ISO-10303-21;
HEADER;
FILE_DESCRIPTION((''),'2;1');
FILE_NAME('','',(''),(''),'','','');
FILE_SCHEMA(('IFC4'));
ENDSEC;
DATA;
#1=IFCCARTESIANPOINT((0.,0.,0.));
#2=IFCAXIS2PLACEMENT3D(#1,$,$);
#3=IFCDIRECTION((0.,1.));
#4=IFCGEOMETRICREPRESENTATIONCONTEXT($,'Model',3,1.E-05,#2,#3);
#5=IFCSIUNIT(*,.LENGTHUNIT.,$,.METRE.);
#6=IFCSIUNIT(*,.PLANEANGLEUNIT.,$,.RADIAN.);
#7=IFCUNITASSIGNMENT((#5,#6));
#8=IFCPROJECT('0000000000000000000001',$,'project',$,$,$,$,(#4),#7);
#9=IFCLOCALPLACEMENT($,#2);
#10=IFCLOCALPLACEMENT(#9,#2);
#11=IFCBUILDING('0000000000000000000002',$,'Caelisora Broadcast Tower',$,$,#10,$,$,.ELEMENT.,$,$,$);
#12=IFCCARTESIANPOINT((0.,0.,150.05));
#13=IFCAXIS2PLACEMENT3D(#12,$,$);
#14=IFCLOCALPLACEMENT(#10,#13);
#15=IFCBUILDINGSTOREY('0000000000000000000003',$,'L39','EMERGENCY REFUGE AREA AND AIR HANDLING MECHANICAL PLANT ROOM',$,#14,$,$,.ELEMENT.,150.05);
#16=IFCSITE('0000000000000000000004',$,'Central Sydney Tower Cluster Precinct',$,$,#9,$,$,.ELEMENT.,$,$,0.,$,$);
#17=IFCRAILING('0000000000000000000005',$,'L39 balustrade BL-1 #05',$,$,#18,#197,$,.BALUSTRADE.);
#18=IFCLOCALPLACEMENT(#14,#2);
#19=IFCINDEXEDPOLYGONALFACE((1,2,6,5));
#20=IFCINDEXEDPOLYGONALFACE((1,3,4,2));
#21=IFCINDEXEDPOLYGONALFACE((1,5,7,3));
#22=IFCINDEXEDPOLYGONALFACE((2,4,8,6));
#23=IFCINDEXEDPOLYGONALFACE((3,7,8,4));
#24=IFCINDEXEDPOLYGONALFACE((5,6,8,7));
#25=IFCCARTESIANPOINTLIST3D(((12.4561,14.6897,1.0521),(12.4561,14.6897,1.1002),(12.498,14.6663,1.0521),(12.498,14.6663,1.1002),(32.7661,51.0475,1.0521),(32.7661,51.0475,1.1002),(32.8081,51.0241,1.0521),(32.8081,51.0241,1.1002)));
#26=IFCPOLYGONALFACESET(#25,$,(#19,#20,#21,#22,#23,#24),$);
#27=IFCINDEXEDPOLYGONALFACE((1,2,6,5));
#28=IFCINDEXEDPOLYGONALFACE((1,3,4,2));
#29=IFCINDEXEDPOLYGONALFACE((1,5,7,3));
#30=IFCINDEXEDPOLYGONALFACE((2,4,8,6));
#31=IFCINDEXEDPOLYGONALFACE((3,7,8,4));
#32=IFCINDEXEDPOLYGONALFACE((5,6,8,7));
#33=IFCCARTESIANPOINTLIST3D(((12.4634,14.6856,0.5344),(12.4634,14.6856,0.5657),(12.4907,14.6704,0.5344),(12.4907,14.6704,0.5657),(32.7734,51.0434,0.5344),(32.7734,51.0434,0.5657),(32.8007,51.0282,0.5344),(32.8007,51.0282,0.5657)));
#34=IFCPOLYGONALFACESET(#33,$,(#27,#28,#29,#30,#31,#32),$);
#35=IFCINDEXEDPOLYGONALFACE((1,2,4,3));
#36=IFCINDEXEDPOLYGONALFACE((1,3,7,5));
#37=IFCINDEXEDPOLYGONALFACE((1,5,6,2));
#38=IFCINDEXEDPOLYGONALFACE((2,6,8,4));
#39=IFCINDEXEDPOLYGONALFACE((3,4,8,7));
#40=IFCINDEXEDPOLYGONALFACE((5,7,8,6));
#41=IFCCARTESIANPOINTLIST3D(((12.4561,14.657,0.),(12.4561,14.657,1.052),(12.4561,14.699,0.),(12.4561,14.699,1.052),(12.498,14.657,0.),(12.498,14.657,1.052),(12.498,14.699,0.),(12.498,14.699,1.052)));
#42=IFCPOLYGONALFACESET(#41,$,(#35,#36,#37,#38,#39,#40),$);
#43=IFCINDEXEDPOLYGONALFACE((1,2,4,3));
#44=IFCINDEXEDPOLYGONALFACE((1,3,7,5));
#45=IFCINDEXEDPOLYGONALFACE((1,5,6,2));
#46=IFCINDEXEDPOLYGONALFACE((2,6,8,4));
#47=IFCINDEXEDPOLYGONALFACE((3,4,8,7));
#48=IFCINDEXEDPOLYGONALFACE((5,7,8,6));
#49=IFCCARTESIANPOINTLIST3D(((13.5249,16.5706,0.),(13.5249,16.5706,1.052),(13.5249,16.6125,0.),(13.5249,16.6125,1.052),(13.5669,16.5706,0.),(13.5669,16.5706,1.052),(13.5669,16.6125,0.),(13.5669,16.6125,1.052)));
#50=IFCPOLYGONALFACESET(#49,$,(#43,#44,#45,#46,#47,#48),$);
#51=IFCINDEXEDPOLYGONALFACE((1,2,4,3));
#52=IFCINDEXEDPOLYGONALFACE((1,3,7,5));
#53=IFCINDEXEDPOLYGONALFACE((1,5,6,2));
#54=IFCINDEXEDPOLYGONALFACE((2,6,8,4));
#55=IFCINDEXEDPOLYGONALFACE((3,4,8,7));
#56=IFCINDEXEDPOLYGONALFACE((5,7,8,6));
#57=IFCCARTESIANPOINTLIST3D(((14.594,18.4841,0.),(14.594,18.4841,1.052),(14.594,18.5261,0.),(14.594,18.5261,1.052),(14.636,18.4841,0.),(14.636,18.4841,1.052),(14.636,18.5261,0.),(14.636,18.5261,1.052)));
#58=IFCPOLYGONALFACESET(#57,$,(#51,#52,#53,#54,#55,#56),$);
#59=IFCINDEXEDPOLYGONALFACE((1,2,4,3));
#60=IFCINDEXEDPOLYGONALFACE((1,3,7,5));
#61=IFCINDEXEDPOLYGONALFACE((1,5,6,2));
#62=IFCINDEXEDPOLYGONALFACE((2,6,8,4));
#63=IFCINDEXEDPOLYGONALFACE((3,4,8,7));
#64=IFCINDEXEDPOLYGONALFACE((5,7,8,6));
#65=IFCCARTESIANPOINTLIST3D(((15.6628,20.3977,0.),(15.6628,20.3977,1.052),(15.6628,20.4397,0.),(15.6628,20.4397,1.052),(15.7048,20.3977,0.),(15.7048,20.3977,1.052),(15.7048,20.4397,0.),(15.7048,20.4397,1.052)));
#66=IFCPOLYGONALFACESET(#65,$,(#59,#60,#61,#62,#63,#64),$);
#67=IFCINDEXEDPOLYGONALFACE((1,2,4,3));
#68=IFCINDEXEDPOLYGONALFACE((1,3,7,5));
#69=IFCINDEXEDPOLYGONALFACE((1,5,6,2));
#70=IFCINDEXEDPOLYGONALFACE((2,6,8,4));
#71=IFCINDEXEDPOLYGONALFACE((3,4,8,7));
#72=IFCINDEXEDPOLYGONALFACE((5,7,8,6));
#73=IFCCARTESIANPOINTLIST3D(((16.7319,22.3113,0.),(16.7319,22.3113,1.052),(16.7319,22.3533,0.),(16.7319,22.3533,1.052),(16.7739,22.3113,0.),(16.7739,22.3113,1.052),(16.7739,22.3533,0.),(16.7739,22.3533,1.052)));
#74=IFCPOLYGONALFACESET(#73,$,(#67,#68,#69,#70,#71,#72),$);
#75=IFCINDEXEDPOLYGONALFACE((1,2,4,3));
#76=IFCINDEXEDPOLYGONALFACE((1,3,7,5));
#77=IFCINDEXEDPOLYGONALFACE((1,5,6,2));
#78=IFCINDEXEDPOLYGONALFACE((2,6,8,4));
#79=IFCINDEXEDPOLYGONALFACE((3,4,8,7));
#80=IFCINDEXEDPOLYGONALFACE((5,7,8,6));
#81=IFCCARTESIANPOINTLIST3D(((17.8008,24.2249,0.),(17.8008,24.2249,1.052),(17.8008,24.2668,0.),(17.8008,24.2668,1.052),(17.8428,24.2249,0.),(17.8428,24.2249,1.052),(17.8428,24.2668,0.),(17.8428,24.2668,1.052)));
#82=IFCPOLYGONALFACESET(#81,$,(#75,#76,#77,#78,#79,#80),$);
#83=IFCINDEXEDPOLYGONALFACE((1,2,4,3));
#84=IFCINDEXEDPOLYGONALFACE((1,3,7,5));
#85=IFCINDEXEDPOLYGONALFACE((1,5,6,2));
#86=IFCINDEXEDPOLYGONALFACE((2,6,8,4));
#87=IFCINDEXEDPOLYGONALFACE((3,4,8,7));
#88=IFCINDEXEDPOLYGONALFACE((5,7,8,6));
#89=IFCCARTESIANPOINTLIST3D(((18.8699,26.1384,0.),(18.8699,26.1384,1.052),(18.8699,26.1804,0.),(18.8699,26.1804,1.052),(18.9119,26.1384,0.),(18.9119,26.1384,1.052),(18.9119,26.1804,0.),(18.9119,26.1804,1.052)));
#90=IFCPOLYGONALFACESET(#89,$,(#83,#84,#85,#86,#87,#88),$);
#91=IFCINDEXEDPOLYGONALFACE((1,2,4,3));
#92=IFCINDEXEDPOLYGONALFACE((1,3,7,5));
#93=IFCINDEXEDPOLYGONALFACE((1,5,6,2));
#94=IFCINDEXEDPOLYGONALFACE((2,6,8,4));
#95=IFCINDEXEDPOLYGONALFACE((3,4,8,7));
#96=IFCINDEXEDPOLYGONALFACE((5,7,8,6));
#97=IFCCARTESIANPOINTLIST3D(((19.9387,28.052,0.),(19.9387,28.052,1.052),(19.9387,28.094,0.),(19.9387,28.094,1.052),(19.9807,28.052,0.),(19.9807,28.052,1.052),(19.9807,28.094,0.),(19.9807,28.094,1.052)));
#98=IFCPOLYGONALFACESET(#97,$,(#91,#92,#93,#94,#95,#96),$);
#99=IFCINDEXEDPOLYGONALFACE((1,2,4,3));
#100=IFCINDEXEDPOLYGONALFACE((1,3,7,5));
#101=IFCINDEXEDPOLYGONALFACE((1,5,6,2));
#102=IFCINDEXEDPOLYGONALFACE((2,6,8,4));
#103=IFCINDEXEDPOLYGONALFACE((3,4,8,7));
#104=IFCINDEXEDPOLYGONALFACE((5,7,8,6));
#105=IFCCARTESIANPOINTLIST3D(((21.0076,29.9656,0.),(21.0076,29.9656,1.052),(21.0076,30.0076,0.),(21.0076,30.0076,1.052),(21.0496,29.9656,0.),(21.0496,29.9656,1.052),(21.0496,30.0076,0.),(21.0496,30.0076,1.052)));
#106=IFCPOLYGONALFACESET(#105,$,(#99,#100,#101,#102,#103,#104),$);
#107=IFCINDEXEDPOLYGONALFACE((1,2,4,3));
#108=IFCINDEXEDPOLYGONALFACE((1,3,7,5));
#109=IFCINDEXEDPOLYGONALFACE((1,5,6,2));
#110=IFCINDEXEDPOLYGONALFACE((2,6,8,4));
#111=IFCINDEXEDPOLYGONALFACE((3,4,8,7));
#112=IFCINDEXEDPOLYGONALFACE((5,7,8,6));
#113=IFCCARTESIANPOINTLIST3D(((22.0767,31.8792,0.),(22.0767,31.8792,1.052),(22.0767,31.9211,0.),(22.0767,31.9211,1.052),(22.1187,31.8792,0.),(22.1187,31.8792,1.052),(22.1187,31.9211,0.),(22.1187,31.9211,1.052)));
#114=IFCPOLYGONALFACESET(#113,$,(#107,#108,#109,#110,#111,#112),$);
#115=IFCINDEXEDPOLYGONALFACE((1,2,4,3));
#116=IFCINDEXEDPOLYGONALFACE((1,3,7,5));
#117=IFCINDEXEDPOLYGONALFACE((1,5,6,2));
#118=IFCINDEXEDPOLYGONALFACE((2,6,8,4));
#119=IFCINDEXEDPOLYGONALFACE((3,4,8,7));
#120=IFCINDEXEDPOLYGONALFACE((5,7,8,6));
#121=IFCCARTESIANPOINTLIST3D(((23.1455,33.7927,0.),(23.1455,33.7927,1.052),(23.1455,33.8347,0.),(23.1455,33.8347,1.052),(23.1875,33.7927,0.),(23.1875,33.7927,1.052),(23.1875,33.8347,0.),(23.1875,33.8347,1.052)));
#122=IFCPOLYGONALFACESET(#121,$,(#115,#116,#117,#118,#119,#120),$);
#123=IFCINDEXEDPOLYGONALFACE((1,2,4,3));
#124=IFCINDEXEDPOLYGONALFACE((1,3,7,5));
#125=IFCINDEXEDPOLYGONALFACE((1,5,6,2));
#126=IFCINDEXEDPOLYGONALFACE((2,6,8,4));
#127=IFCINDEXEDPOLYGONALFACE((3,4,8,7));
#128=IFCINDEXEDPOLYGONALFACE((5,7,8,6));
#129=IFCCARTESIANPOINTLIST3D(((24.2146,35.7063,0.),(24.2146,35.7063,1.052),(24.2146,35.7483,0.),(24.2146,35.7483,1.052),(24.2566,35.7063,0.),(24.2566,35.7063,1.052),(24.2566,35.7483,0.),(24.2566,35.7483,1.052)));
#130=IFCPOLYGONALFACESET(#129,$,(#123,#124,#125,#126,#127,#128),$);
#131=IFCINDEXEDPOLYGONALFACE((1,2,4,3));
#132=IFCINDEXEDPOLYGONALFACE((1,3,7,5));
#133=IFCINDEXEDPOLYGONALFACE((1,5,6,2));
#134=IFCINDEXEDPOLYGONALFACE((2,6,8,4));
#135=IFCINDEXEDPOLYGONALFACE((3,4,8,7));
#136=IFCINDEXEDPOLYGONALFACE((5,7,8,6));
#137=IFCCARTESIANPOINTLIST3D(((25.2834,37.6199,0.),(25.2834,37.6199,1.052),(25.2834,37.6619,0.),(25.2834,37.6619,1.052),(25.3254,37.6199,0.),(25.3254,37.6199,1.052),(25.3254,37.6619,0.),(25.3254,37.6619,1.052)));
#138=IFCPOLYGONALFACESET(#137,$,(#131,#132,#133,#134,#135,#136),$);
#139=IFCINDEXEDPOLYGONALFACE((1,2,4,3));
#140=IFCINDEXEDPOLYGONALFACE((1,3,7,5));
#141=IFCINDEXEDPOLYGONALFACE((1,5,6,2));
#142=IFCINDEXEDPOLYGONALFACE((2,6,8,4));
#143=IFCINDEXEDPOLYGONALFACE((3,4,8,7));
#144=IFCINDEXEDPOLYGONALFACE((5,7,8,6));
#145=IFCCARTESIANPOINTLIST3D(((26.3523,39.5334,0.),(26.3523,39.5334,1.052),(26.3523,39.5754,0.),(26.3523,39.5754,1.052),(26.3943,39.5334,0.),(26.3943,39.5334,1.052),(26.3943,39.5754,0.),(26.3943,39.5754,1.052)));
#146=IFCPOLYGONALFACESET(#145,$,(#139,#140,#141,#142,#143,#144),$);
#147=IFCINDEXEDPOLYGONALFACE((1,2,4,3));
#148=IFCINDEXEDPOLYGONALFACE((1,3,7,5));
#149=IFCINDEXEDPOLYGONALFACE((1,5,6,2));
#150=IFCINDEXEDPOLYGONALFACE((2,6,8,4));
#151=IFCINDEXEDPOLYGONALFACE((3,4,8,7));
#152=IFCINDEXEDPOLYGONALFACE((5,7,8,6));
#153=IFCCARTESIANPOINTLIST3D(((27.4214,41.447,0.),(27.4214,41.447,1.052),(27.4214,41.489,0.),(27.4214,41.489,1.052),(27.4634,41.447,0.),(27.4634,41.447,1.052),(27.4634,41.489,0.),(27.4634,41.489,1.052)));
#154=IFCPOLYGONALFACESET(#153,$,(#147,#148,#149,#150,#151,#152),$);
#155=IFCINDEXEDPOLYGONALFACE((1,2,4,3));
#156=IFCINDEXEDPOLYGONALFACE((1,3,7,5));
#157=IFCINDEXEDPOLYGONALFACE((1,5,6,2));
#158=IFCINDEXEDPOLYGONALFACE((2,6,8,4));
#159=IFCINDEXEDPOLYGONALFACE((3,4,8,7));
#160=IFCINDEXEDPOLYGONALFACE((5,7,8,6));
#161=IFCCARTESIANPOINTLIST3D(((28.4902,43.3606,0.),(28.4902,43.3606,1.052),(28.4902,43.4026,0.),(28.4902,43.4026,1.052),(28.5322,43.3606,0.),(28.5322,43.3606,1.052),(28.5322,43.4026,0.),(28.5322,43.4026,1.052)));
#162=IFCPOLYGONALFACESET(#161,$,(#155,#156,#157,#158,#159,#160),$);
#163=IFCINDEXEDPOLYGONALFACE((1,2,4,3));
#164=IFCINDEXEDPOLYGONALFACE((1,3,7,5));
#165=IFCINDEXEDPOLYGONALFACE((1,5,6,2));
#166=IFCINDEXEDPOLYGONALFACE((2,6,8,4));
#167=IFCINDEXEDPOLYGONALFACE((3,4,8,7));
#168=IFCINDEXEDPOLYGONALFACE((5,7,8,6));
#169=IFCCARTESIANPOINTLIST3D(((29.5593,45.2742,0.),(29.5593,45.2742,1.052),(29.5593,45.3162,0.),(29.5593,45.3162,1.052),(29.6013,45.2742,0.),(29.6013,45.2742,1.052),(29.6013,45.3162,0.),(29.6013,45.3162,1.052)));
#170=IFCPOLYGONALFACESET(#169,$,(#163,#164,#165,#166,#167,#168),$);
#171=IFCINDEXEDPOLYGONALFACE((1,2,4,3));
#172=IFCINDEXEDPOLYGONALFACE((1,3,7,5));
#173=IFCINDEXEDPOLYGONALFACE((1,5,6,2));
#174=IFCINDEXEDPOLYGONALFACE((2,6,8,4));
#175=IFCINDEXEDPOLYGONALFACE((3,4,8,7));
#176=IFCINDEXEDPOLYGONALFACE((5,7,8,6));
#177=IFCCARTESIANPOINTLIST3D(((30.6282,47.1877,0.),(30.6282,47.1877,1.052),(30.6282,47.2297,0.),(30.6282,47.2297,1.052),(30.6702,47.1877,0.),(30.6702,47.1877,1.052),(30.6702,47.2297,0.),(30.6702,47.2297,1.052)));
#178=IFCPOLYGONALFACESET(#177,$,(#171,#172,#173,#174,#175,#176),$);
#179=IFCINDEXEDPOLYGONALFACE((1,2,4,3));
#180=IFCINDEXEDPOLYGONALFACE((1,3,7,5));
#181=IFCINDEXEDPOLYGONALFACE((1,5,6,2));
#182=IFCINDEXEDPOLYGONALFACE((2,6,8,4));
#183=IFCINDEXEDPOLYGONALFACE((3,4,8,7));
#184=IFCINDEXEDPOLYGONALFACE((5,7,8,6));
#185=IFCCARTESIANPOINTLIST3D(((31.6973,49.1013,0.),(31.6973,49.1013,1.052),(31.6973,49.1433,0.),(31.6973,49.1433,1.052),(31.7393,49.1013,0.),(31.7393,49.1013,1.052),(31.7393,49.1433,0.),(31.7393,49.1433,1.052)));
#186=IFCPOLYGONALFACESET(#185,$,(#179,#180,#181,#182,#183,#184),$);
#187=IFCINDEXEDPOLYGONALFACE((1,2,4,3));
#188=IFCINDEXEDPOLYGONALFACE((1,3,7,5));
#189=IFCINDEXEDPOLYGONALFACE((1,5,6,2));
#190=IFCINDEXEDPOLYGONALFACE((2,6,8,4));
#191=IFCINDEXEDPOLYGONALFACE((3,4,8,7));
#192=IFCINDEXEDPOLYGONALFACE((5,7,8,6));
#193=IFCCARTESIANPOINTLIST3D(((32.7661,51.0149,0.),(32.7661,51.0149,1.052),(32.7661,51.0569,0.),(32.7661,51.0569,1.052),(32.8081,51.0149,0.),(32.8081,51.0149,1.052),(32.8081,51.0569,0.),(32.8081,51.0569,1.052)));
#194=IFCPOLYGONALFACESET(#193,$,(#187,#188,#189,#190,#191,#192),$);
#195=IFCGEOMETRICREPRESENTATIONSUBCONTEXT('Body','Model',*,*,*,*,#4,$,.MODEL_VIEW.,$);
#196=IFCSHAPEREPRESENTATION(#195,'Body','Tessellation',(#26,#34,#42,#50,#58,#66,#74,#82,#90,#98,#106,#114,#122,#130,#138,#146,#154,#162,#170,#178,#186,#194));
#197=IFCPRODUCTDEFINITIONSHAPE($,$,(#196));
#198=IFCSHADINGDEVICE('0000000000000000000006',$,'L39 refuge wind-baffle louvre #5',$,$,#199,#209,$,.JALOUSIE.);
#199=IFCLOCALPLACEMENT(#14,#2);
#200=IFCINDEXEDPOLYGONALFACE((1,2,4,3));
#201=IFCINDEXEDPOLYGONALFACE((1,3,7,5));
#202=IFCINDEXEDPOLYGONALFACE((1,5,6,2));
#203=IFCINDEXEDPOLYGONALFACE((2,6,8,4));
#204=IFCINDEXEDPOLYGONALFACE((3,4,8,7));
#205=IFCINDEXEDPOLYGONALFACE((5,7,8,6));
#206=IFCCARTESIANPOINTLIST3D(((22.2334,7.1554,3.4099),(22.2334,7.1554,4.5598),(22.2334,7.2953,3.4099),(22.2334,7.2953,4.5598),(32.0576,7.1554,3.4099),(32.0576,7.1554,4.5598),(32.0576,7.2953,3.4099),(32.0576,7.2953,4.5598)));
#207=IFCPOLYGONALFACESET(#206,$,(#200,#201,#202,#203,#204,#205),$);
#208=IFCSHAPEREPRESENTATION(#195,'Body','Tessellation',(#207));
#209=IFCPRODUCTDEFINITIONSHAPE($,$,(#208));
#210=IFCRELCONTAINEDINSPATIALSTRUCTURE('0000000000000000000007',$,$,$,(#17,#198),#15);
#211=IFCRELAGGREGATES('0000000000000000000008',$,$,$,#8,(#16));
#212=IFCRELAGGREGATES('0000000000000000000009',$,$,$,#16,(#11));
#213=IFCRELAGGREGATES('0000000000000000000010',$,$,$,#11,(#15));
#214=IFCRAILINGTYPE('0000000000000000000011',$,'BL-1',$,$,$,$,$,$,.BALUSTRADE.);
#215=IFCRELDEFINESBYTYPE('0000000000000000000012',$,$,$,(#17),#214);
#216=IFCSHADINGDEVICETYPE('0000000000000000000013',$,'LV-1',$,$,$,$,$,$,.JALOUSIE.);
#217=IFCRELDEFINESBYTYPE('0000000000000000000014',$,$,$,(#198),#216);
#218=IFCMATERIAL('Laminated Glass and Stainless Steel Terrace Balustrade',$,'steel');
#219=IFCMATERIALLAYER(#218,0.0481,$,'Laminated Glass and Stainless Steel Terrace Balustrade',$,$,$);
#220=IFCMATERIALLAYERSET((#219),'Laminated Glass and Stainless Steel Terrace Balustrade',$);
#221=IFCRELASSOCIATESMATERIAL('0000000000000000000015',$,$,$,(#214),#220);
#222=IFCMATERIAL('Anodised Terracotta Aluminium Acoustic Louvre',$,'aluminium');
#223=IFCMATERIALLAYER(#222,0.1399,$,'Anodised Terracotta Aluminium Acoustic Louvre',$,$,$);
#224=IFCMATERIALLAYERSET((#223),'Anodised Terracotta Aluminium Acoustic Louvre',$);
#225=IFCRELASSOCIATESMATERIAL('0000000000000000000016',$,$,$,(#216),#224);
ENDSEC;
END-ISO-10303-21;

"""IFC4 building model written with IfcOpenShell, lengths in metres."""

from ifc_helpers import new_model, si_unit, direction, frame, origin, origin_2d, place, context, subcontext, project, spatial, rectangle, extrude, source, transform, mapped, material, layer, layer_set, type_object, type_shapes, element, save


model = new_model("IFC4")

# Units and contexts
model_context = context("Model", 3, precision=1e-05, world=origin(), true_north=direction((0.0, 1.0)))
body_context = subcontext(model_context, "Body", "Model", "MODEL_VIEW")
ifc_project = project(units=[si_unit("LENGTHUNIT", "METRE"), si_unit("PLANEANGLEUNIT", "RADIAN")], contexts=[model_context])

# Site, building, storey
site_placement = place(None, origin())
site = spatial("IfcSite", under=ifc_project, at=site_placement, Name="Central Sydney Tower Cluster Precinct", CompositionType="ELEMENT", RefElevation=0.0)
building_placement = place(site_placement, origin())
building = spatial("IfcBuilding", under=site, at=building_placement, Name="Caelisora Broadcast Tower", CompositionType="ELEMENT")
storey_placement = place(building_placement, frame((0.0, 0.0, 150.05)))
storey = spatial("IfcBuildingStorey", under=building, at=storey_placement, Name="L39", Description="EMERGENCY REFUGE AREA AND AIR HANDLING MECHANICAL PLANT ROOM", CompositionType="ELEMENT", Elevation=150.05)

# Railing
ifc_material_1 = material(Name="Laminated Glass and Stainless Steel Terrace Balustrade", Category="steel")
ifc_layer_1 = layer(ifc_material_1, 0.0481, Name="Laminated Glass and Stainless Steel Terrace Balustrade")
ifc_layer_set_1 = layer_set([ifc_layer_1], Name="Laminated Glass and Stainless Steel Terrace Balustrade")
railing_type = type_object("IfcRailingType", Name="BL-1", PredefinedType="BALUSTRADE", material=ifc_layer_set_1)
railing_1_placement = place(storey_placement, frame((12.4771, 14.678, 0.0)))
element("IfcRailing", 1, at=railing_1_placement, inside=storey, type_object=railing_type, Name="L39 balustrade BL-1 #05", PredefinedType="BALUSTRADE", context=body_context, shape_type="SweptSolid", body=[
    extrude(rectangle(XDim=0.0481, YDim=0.0481, at=origin_2d()), frame((0.0, 0.0, 1.0762), z_axis=(0.487682, 0.873021, 0.0), x_axis=(-0.873021, 0.487682, 0.0)), (0.0, 0.0, 1.0), 41.646),
    extrude(rectangle(XDim=0.0312, YDim=0.0312, at=origin_2d()), frame((0.0, 0.0, 0.55), z_axis=(0.487682, 0.873021, 0.0), x_axis=(-0.873021, 0.487682, 0.0)), (0.0, 0.0, 1.0), 41.646),
    extrude(rectangle(XDim=0.042, YDim=0.042, at=origin_2d()), origin(), (0.0, 0.0, 1.0), 1.052),
    extrude(rectangle(XDim=0.042, YDim=0.042, at=origin_2d()), frame((1.0688, 1.9136, 0.0)), (0.0, 0.0, 1.0), 1.052),
    extrude(rectangle(XDim=0.042, YDim=0.042, at=origin_2d()), frame((2.1379, 3.8271, 0.0)), (0.0, 0.0, 1.0), 1.052),
    extrude(rectangle(XDim=0.042, YDim=0.042, at=origin_2d()), frame((3.2068, 5.7407, 0.0)), (0.0, 0.0, 1.0), 1.052),
    extrude(rectangle(XDim=0.042, YDim=0.042, at=origin_2d()), frame((4.2759, 7.6543, 0.0)), (0.0, 0.0, 1.0), 1.052),
    extrude(rectangle(XDim=0.042, YDim=0.042, at=origin_2d()), frame((5.3447, 9.5679, 0.0)), (0.0, 0.0, 1.0), 1.052),
    extrude(rectangle(XDim=0.042, YDim=0.042, at=origin_2d()), frame((6.4138, 11.4814, 0.0)), (0.0, 0.0, 1.0), 1.052),
    extrude(rectangle(XDim=0.042, YDim=0.042, at=origin_2d()), frame((7.4827, 13.395, 0.0)), (0.0, 0.0, 1.0), 1.052),
    extrude(rectangle(XDim=0.042, YDim=0.042, at=origin_2d()), frame((8.5515, 15.3086, 0.0)), (0.0, 0.0, 1.0), 1.052),
    extrude(rectangle(XDim=0.042, YDim=0.042, at=origin_2d()), frame((9.6206, 17.2222, 0.0)), (0.0, 0.0, 1.0), 1.052),
    extrude(rectangle(XDim=0.042, YDim=0.042, at=origin_2d()), frame((10.6895, 19.1357, 0.0)), (0.0, 0.0, 1.0), 1.052),
    extrude(rectangle(XDim=0.042, YDim=0.042, at=origin_2d()), frame((11.7585, 21.0493, 0.0)), (0.0, 0.0, 1.0), 1.052),
    extrude(rectangle(XDim=0.042, YDim=0.042, at=origin_2d()), frame((12.8274, 22.9629, 0.0)), (0.0, 0.0, 1.0), 1.052),
    extrude(rectangle(XDim=0.042, YDim=0.042, at=origin_2d()), frame((13.8962, 24.8765, 0.0)), (0.0, 0.0, 1.0), 1.052),
    extrude(rectangle(XDim=0.042, YDim=0.042, at=origin_2d()), frame((14.9653, 26.79, 0.0)), (0.0, 0.0, 1.0), 1.052),
    extrude(rectangle(XDim=0.042, YDim=0.042, at=origin_2d()), frame((16.0342, 28.7036, 0.0)), (0.0, 0.0, 1.0), 1.052),
    extrude(rectangle(XDim=0.042, YDim=0.042, at=origin_2d()), frame((17.1033, 30.6172, 0.0)), (0.0, 0.0, 1.0), 1.052),
    extrude(rectangle(XDim=0.042, YDim=0.042, at=origin_2d()), frame((18.1721, 32.5308, 0.0)), (0.0, 0.0, 1.0), 1.052),
    extrude(rectangle(XDim=0.042, YDim=0.042, at=origin_2d()), frame((19.2412, 34.4443, 0.0)), (0.0, 0.0, 1.0), 1.052),
    extrude(rectangle(XDim=0.042, YDim=0.042, at=origin_2d()), frame((20.3101, 36.3579, 0.0)), (0.0, 0.0, 1.0), 1.052),
])

# Shading device
ifc_material_2 = material(Name="Anodised Terracotta Aluminium Acoustic Louvre", Category="aluminium")
ifc_layer_2 = layer(ifc_material_2, 0.1399, Name="Anodised Terracotta Aluminium Acoustic Louvre")
ifc_layer_set_2 = layer_set([ifc_layer_2], Name="Anodised Terracotta Aluminium Acoustic Louvre")
shading_device_type = type_object("IfcShadingDeviceType", Name="LV-1", PredefinedType="JALOUSIE", material=ifc_layer_set_2)
shared_shape_1 = source(origin(), body_context, "Body", "SweptSolid", [
    extrude(rectangle(XDim=9.8242, YDim=0.1399, at=origin_2d()), origin(), (0.0, 0.0, 1.0), 1.1499),
])
type_shapes(shading_device_type, [shared_shape_1])
shading_device_placement = place(storey_placement, frame((27.1455, 7.2253, 3.4099), z_axis=(0.0, 0.0, 1.0), x_axis=(1.0, 0.0, 0.0)))
element("IfcShadingDevice", 2, at=shading_device_placement, inside=storey, type_object=shading_device_type, Name="L39 refuge wind-baffle louvre #5", PredefinedType="JALOUSIE", context=body_context, shape_type="MappedRepresentation", body=[
    mapped(shared_shape_1, transform((0.0, 0.0, 0.0), scale=1.0)),
])

save(model, "model.ifc")
